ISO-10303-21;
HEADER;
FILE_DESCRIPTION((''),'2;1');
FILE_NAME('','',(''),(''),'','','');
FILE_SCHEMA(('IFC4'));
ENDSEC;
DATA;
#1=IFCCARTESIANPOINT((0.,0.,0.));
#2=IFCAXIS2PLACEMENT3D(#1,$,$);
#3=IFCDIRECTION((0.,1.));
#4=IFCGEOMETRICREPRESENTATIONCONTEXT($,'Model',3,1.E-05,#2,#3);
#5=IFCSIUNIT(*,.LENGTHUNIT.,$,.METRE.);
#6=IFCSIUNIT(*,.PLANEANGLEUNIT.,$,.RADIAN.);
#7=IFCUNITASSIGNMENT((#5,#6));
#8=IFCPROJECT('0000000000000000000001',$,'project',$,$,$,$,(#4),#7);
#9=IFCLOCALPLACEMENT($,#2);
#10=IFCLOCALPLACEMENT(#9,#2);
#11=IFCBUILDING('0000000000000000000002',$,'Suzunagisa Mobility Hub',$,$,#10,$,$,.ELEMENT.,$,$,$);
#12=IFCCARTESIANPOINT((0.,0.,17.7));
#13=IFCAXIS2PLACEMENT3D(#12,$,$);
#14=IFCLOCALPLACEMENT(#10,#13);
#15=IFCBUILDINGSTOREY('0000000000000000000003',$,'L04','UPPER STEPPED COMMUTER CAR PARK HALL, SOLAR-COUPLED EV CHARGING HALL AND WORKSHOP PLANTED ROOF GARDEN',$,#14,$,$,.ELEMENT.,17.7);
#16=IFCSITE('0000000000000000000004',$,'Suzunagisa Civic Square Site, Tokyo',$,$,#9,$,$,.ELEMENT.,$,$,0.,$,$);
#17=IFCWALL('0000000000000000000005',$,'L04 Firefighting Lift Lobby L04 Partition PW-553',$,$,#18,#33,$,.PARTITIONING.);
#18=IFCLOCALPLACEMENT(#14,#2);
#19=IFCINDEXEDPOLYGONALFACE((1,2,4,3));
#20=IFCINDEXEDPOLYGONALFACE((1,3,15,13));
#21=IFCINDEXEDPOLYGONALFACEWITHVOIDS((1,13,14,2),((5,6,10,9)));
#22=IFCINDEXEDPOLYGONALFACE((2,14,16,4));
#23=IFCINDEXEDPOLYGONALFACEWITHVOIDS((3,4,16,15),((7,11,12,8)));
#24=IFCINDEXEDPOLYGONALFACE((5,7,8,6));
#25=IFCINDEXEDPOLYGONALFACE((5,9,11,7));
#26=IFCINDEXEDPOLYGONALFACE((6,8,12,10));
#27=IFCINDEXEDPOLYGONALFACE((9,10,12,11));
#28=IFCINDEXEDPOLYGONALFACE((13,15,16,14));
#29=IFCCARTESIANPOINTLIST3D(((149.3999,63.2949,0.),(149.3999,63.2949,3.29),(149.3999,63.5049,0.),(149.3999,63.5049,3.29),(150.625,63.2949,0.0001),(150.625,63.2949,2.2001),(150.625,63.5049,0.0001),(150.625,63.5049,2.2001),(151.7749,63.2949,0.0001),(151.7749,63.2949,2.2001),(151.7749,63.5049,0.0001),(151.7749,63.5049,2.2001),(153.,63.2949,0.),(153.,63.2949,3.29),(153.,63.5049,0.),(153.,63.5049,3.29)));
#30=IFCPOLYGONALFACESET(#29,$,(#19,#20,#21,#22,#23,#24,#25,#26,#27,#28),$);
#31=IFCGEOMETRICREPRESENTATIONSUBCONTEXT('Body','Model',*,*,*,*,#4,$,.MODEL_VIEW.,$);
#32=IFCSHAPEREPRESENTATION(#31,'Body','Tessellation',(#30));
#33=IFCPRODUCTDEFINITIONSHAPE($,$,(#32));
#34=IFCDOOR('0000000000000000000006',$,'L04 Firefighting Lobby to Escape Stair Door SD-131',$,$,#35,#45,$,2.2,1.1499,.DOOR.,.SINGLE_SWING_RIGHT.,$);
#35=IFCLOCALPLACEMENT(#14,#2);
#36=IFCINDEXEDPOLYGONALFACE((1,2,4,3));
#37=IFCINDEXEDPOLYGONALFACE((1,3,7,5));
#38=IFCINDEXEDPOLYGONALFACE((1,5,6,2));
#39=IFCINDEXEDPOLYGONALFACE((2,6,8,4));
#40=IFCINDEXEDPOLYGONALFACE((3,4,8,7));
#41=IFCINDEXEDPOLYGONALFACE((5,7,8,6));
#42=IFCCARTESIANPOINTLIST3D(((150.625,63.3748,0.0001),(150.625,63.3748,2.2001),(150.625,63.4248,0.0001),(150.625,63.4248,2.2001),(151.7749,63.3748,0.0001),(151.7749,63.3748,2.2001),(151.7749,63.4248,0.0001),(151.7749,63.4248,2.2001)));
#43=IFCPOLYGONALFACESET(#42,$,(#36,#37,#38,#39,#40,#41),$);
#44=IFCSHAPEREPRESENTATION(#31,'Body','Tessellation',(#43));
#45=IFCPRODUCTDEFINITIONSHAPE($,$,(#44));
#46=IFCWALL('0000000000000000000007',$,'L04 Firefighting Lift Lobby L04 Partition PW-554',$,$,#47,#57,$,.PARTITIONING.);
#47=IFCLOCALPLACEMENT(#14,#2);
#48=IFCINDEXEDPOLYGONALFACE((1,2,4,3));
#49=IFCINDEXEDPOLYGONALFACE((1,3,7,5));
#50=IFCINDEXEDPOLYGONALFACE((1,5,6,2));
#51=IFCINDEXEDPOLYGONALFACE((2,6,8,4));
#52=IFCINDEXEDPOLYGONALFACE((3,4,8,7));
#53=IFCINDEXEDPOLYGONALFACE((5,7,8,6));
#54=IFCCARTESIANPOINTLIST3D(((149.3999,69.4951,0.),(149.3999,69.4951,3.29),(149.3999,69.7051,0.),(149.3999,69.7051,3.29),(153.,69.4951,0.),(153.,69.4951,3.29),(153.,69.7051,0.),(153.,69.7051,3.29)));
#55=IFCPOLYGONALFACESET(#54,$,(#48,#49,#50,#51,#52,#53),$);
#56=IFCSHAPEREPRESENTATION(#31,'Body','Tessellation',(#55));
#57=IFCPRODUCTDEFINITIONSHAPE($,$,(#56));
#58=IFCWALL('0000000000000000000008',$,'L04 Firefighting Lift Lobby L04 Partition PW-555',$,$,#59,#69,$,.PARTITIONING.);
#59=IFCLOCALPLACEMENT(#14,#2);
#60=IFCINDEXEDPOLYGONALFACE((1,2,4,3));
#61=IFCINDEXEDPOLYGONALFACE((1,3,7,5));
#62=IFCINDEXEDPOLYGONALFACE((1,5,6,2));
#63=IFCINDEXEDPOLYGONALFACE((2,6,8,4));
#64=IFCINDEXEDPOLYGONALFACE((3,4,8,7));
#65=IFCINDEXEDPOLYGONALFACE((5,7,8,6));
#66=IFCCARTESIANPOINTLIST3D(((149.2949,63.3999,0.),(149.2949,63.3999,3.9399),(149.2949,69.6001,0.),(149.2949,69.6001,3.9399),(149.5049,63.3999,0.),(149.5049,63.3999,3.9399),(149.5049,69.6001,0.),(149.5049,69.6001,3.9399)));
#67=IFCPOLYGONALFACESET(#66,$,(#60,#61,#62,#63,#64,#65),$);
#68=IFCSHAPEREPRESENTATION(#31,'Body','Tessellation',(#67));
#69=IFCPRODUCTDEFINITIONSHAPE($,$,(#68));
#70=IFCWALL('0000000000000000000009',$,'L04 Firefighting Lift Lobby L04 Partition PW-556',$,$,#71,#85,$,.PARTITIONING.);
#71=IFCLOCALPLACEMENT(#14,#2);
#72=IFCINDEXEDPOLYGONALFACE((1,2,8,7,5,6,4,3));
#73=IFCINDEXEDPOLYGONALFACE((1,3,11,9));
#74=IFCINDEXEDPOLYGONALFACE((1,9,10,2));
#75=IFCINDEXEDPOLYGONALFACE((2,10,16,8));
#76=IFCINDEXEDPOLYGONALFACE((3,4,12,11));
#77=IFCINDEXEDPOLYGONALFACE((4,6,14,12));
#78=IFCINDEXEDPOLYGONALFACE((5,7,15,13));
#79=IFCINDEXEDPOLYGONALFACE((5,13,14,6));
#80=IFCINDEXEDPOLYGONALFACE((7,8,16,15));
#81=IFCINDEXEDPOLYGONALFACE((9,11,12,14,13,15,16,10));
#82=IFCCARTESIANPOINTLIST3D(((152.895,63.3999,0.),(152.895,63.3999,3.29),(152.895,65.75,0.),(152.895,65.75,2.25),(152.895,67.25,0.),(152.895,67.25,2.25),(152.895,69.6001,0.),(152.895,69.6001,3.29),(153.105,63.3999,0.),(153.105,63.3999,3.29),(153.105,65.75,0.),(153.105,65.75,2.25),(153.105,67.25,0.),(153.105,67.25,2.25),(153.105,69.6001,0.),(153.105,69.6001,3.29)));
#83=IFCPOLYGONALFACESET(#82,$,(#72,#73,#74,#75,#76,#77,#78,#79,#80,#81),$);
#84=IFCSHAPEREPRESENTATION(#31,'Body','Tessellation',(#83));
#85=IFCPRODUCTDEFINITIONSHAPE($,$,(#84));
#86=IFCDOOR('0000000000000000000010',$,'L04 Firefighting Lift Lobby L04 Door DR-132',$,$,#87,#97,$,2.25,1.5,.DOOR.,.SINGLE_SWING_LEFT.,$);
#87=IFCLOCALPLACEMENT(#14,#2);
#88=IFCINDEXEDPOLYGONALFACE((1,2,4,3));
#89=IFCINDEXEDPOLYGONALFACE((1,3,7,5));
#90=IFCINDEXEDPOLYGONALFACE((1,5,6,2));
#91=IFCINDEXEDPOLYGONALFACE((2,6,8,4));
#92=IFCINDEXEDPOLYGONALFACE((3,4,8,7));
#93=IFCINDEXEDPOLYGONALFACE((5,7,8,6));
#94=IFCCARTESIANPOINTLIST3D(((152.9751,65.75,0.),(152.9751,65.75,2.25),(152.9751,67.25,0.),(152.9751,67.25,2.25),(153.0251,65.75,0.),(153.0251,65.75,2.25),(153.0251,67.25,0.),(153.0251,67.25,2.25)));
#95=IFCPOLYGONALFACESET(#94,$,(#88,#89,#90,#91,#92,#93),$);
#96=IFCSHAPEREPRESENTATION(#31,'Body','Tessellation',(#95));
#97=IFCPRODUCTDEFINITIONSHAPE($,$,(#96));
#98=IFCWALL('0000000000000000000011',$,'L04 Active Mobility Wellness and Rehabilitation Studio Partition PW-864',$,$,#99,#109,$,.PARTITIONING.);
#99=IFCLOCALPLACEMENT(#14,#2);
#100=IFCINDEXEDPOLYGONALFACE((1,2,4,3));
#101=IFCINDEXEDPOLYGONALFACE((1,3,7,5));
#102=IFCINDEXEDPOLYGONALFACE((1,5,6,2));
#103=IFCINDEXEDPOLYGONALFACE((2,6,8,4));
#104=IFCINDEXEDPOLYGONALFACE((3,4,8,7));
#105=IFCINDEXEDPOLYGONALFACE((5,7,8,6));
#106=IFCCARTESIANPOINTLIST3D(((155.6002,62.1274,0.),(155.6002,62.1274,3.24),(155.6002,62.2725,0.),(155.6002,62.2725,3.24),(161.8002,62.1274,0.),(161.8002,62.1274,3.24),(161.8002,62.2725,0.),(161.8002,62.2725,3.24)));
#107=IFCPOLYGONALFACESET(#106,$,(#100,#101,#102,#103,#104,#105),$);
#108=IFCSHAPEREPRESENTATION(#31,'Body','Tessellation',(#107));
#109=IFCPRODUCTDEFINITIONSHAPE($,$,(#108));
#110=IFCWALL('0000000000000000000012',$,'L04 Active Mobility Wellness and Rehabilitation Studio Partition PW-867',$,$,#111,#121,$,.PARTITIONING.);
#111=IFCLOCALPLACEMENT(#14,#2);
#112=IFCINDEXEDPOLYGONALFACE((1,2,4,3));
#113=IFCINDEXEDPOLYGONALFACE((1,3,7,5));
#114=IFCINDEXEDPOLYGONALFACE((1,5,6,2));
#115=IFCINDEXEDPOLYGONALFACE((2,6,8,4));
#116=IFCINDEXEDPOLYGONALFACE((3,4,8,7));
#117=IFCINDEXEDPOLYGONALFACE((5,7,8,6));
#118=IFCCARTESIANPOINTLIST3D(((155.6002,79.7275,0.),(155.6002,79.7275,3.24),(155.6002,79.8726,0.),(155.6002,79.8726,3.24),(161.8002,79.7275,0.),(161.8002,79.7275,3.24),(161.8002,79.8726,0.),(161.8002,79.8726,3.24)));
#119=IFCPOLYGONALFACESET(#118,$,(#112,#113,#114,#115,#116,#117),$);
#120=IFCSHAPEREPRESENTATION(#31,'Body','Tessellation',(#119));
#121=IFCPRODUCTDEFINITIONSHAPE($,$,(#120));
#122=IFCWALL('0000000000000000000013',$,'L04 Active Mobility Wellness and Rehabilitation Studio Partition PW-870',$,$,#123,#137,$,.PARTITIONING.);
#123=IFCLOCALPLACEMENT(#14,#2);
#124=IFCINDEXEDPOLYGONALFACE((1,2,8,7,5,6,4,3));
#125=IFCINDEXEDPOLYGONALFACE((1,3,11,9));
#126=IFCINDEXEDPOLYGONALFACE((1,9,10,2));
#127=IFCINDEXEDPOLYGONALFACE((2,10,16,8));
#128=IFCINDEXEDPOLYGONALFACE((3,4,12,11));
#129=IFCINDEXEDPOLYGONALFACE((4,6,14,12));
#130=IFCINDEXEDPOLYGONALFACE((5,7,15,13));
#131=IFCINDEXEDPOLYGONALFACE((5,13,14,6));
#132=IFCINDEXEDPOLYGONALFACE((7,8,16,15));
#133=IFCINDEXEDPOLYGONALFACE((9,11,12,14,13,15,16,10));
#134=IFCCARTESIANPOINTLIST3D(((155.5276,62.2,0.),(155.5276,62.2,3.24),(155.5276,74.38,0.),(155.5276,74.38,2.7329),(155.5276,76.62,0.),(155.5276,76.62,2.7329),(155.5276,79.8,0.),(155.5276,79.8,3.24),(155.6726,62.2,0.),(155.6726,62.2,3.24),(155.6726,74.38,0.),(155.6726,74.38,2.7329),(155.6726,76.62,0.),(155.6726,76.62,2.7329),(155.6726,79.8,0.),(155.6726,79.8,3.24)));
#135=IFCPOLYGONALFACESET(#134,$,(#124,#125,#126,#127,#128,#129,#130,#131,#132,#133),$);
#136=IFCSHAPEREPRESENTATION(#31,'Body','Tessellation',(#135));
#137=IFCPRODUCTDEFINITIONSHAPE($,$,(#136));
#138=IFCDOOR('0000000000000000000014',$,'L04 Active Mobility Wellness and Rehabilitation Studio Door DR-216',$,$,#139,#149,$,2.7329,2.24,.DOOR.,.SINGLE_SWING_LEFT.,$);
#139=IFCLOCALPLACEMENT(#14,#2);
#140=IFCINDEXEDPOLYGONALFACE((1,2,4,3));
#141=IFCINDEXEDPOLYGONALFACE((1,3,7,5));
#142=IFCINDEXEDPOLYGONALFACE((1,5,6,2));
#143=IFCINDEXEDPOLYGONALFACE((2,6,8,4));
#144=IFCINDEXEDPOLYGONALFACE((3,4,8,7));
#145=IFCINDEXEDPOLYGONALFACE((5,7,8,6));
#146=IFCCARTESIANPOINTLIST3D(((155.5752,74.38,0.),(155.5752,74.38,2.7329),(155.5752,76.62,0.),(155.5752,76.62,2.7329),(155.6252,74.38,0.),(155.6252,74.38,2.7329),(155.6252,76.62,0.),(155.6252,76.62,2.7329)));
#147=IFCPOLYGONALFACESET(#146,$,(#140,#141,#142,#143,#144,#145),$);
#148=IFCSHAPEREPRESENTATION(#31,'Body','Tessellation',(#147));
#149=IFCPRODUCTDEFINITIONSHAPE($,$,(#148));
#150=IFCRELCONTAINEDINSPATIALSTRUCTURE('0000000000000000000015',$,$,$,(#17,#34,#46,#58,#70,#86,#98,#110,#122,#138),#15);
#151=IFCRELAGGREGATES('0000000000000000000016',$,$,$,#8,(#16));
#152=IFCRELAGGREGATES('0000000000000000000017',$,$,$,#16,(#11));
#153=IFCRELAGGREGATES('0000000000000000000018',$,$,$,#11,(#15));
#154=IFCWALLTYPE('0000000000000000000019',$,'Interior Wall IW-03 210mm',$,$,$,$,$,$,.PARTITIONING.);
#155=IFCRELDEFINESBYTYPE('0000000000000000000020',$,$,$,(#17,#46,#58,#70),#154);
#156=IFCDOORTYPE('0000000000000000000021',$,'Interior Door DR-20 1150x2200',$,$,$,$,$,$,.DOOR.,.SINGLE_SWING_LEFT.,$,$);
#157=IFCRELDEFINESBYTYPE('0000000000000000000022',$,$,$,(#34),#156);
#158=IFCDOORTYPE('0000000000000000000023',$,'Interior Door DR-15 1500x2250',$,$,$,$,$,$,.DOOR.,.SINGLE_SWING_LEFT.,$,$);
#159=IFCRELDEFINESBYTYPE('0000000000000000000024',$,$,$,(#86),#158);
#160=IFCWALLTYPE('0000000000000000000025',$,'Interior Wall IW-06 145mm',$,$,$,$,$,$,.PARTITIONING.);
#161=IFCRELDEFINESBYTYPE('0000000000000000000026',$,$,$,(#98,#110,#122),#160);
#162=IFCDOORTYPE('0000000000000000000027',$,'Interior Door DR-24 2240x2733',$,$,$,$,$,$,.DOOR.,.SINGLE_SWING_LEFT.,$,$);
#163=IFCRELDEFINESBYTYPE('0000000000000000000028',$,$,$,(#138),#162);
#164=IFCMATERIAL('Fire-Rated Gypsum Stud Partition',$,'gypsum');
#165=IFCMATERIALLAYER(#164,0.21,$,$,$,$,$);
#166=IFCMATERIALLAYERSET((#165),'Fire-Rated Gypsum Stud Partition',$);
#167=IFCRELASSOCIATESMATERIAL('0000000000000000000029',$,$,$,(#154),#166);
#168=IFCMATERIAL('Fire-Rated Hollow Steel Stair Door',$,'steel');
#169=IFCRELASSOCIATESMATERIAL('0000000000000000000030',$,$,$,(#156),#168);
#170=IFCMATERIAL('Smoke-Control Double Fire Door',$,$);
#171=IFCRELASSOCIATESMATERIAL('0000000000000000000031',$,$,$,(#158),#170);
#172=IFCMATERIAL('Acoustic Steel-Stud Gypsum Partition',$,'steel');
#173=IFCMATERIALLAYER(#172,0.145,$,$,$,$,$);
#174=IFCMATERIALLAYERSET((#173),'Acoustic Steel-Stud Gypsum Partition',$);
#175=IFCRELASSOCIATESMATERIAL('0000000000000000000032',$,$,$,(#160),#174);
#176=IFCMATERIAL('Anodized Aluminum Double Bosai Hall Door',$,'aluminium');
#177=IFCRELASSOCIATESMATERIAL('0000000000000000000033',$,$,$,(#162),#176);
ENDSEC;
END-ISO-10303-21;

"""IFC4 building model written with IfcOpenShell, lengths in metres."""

from ifc_helpers import new_model, si_unit, direction, frame, frame_2d, origin, place, context, subcontext, project, spatial, rectangle, extrude, material, layer, layer_set, type_object, element, fill, save


model = new_model("IFC4")

# Units and contexts
model_context = context("Model", 3, precision=1e-05, world=origin(), true_north=direction((0.0, 1.0)))
body_context = subcontext(model_context, "Body", "Model", "MODEL_VIEW")
ifc_project = project(units=[si_unit("LENGTHUNIT", "METRE"), si_unit("PLANEANGLEUNIT", "RADIAN")], contexts=[model_context])

# Site, building, storey
site_placement = place(None, origin())
site = spatial("IfcSite", under=ifc_project, at=site_placement, Name="Suzunagisa Civic Square Site, Tokyo", CompositionType="ELEMENT", RefElevation=0.0)
building_placement = place(site_placement, origin())
building = spatial("IfcBuilding", under=site, at=building_placement, Name="Suzunagisa Mobility Hub", CompositionType="ELEMENT")
storey_placement = place(building_placement, frame((0.0, 0.0, 17.7)))
storey = spatial("IfcBuildingStorey", under=building, at=storey_placement, Name="L04", Description="UPPER STEPPED COMMUTER CAR PARK HALL, SOLAR-COUPLED EV CHARGING HALL AND WORKSHOP PLANTED ROOF GARDEN", CompositionType="ELEMENT", Elevation=17.7)

# Shared definitions
ifc_material_1 = material(Name="Fire-Rated Gypsum Stud Partition", Category="gypsum")
ifc_layer_1 = layer(ifc_material_1, 0.21)
ifc_layer_set_1 = layer_set([ifc_layer_1], Name="Fire-Rated Gypsum Stud Partition")
wall_type_1 = type_object("IfcWallType", Name="Interior Wall IW-03 210mm", PredefinedType="PARTITIONING", material=ifc_layer_set_1)

# Wall, opening, door
wall_1_placement = place(storey_placement, frame((149.3999, 63.3999, 0.0), z_axis=(0.0, 0.0, 1.0), x_axis=(1.0, 0.0, 0.0)))
wall_1 = element("IfcWall", 1, at=wall_1_placement, inside=storey, type_object=wall_type_1, Name="L04 Firefighting Lift Lobby L04 Partition PW-553", PredefinedType="PARTITIONING", context=body_context, shape_type="SweptSolid", body=[
    extrude(rectangle(XDim=3.6001, YDim=0.21, at=frame_2d((1.8, 0.0))), origin(), (0.0, 0.0, 1.0), 3.29),
])
opening_1_placement = place(wall_1_placement, frame((1.2251, 0.0, 0.0)))
opening_1 = element("IfcOpeningElement", 2, at=opening_1_placement, cuts=wall_1, PredefinedType="OPENING", context=body_context, shape_type="SweptSolid", body=[
    extrude(rectangle(XDim=1.1499, YDim=2.2, at=frame_2d((0.575, 1.1001))), frame((0.0, 0.116, 0.0), z_axis=(0.0, -1.0, 0.0), x_axis=(1.0, 0.0, 0.0)), (0.0, 0.0, 1.0), 0.2319),
])
ifc_material_2 = material(Name="Fire-Rated Hollow Steel Stair Door", Category="steel")
door_type_1 = type_object("IfcDoorType", Name="Interior Door DR-20 1150x2200", OperationType="SINGLE_SWING_LEFT", PredefinedType="DOOR", material=ifc_material_2)
door_1_placement = place(opening_1_placement, origin())
door_1 = element("IfcDoor", 3, at=door_1_placement, inside=storey, type_object=door_type_1, Name="L04 Firefighting Lobby to Escape Stair Door SD-131", OperationType="SINGLE_SWING_RIGHT", OverallHeight=2.2, OverallWidth=1.1499, PredefinedType="DOOR", context=body_context, shape_type="SweptSolid", body=[
    extrude(rectangle(XDim=1.1499, YDim=2.2, at=frame_2d((0.575, 1.1001))), frame((0.0, 0.0249, 0.0), z_axis=(0.0, -1.0, 0.0), x_axis=(1.0, 0.0, 0.0)), (0.0, 0.0, 1.0), 0.05),
])
fill(opening_1, door_1)

# Walls
wall_2_placement = place(storey_placement, frame((149.3999, 69.6001, 0.0), z_axis=(0.0, 0.0, 1.0), x_axis=(1.0, 0.0, 0.0)))
element("IfcWall", 4, at=wall_2_placement, inside=storey, type_object=wall_type_1, Name="L04 Firefighting Lift Lobby L04 Partition PW-554", PredefinedType="PARTITIONING", context=body_context, shape_type="SweptSolid", body=[
    extrude(rectangle(XDim=3.6001, YDim=0.21, at=frame_2d((1.8, 0.0))), origin(), (0.0, 0.0, 1.0), 3.29),
])
wall_3_placement = place(storey_placement, frame((149.3999, 63.3999, 0.0), z_axis=(0.0, 0.0, 1.0), x_axis=(0.0, 1.0, 0.0)))
element("IfcWall", 5, at=wall_3_placement, inside=storey, type_object=wall_type_1, Name="L04 Firefighting Lift Lobby L04 Partition PW-555", PredefinedType="PARTITIONING", context=body_context, shape_type="SweptSolid", body=[
    extrude(rectangle(XDim=6.2002, YDim=0.21, at=frame_2d((3.1001, 0.0))), origin(), (0.0, 0.0, 1.0), 3.9399),
])

# Wall, opening, door
wall_4_placement = place(storey_placement, frame((153.0, 63.3999, 0.0), z_axis=(0.0, 0.0, 1.0), x_axis=(0.0, 1.0, 0.0)))
wall_4 = element("IfcWall", 6, at=wall_4_placement, inside=storey, type_object=wall_type_1, Name="L04 Firefighting Lift Lobby L04 Partition PW-556", PredefinedType="PARTITIONING", context=body_context, shape_type="SweptSolid", body=[
    extrude(rectangle(XDim=6.2002, YDim=0.21, at=frame_2d((3.1001, 0.0))), origin(), (0.0, 0.0, 1.0), 3.29),
])
opening_2_placement = place(wall_4_placement, frame((2.3501, 0.0, 0.0)))
opening_2 = element("IfcOpeningElement", 7, at=opening_2_placement, cuts=wall_4, PredefinedType="OPENING", context=body_context, shape_type="SweptSolid", body=[
    extrude(rectangle(XDim=1.5, YDim=2.25, at=frame_2d((0.75, 1.125))), frame((0.0, 0.116, 0.0), z_axis=(0.0, -1.0, 0.0), x_axis=(1.0, 0.0, 0.0)), (0.0, 0.0, 1.0), 0.2319),
])
ifc_material_3 = material(Name="Smoke-Control Double Fire Door")
door_type_2 = type_object("IfcDoorType", Name="Interior Door DR-15 1500x2250", OperationType="SINGLE_SWING_LEFT", PredefinedType="DOOR", material=ifc_material_3)
door_2_placement = place(opening_2_placement, origin())
door_2 = element("IfcDoor", 8, at=door_2_placement, inside=storey, type_object=door_type_2, Name="L04 Firefighting Lift Lobby L04 Door DR-132", OperationType="SINGLE_SWING_LEFT", OverallHeight=2.25, OverallWidth=1.5, PredefinedType="DOOR", context=body_context, shape_type="SweptSolid", body=[
    extrude(rectangle(XDim=1.5, YDim=2.25, at=frame_2d((0.75, 1.125))), frame((0.0, 0.0249, 0.0), z_axis=(0.0, -1.0, 0.0), x_axis=(1.0, 0.0, 0.0)), (0.0, 0.0, 1.0), 0.05),
])
fill(opening_2, door_2)

# Walls
ifc_material_4 = material(Name="Acoustic Steel-Stud Gypsum Partition", Category="steel")
ifc_layer_2 = layer(ifc_material_4, 0.145)
ifc_layer_set_2 = layer_set([ifc_layer_2], Name="Acoustic Steel-Stud Gypsum Partition")
wall_type_2 = type_object("IfcWallType", Name="Interior Wall IW-06 145mm", PredefinedType="PARTITIONING", material=ifc_layer_set_2)
for number, where, z_axis, x_axis, name in (
    (9, (155.6001, 62.2, 0.0), (0.0, 0.0, 1.0), (1.0, 0.0, 0.0), "L04 Active Mobility Wellness and Rehabilitation Studio Partition PW-864"),
    (10, (155.6001, 79.8, 0.0), (0.0, 0.0, 1.0), (1.0, 0.0, 0.0), "L04 Active Mobility Wellness and Rehabilitation Studio Partition PW-867"),
):
    element("IfcWall", number, at=place(storey_placement, frame(where, z_axis=z_axis, x_axis=x_axis)), inside=storey, type_object=wall_type_2, Name=name, PredefinedType="PARTITIONING", context=body_context, shape_type="SweptSolid", body=[
        extrude(rectangle(XDim=6.2, YDim=0.145, at=frame_2d((3.1001, 0.0))), origin(), (0.0, 0.0, 1.0), 3.24),
    ])

# Wall, opening, door
wall_5_placement = place(storey_placement, frame((155.6001, 62.2, 0.0), z_axis=(0.0, 0.0, 1.0), x_axis=(0.0, 1.0, 0.0)))
wall_5 = element("IfcWall", 11, at=wall_5_placement, inside=storey, type_object=wall_type_2, Name="L04 Active Mobility Wellness and Rehabilitation Studio Partition PW-870", PredefinedType="PARTITIONING", context=body_context, shape_type="SweptSolid", body=[
    extrude(rectangle(XDim=17.6001, YDim=0.145, at=frame_2d((8.8, 0.0))), origin(), (0.0, 0.0, 1.0), 3.24),
])
opening_3_placement = place(wall_5_placement, frame((12.1799, 0.0, 0.0)))
opening_3 = element("IfcOpeningElement", 12, at=opening_3_placement, cuts=wall_5, PredefinedType="OPENING", context=body_context, shape_type="SweptSolid", body=[
    extrude(rectangle(XDim=2.24, YDim=2.7329, at=frame_2d((1.1201, 1.3665))), frame((0.0, 0.0835, 0.0), z_axis=(0.0, -1.0, 0.0), x_axis=(1.0, 0.0, 0.0)), (0.0, 0.0, 1.0), 0.167),
])
ifc_material_5 = material(Name="Anodized Aluminum Double Bosai Hall Door", Category="aluminium")
door_type_3 = type_object("IfcDoorType", Name="Interior Door DR-24 2240x2733", OperationType="SINGLE_SWING_LEFT", PredefinedType="DOOR", material=ifc_material_5)
door_3_placement = place(opening_3_placement, origin())
door_3 = element("IfcDoor", 13, at=door_3_placement, inside=storey, type_object=door_type_3, Name="L04 Active Mobility Wellness and Rehabilitation Studio Door DR-216", OperationType="SINGLE_SWING_LEFT", OverallHeight=2.7329, OverallWidth=2.24, PredefinedType="DOOR", context=body_context, shape_type="SweptSolid", body=[
    extrude(rectangle(XDim=2.24, YDim=2.7329, at=frame_2d((1.1201, 1.3665))), frame((0.0, 0.0249, 0.0), z_axis=(0.0, -1.0, 0.0), x_axis=(1.0, 0.0, 0.0)), (0.0, 0.0, 1.0), 0.05),
])
fill(opening_3, door_3)

save(model, "model.ifc")
